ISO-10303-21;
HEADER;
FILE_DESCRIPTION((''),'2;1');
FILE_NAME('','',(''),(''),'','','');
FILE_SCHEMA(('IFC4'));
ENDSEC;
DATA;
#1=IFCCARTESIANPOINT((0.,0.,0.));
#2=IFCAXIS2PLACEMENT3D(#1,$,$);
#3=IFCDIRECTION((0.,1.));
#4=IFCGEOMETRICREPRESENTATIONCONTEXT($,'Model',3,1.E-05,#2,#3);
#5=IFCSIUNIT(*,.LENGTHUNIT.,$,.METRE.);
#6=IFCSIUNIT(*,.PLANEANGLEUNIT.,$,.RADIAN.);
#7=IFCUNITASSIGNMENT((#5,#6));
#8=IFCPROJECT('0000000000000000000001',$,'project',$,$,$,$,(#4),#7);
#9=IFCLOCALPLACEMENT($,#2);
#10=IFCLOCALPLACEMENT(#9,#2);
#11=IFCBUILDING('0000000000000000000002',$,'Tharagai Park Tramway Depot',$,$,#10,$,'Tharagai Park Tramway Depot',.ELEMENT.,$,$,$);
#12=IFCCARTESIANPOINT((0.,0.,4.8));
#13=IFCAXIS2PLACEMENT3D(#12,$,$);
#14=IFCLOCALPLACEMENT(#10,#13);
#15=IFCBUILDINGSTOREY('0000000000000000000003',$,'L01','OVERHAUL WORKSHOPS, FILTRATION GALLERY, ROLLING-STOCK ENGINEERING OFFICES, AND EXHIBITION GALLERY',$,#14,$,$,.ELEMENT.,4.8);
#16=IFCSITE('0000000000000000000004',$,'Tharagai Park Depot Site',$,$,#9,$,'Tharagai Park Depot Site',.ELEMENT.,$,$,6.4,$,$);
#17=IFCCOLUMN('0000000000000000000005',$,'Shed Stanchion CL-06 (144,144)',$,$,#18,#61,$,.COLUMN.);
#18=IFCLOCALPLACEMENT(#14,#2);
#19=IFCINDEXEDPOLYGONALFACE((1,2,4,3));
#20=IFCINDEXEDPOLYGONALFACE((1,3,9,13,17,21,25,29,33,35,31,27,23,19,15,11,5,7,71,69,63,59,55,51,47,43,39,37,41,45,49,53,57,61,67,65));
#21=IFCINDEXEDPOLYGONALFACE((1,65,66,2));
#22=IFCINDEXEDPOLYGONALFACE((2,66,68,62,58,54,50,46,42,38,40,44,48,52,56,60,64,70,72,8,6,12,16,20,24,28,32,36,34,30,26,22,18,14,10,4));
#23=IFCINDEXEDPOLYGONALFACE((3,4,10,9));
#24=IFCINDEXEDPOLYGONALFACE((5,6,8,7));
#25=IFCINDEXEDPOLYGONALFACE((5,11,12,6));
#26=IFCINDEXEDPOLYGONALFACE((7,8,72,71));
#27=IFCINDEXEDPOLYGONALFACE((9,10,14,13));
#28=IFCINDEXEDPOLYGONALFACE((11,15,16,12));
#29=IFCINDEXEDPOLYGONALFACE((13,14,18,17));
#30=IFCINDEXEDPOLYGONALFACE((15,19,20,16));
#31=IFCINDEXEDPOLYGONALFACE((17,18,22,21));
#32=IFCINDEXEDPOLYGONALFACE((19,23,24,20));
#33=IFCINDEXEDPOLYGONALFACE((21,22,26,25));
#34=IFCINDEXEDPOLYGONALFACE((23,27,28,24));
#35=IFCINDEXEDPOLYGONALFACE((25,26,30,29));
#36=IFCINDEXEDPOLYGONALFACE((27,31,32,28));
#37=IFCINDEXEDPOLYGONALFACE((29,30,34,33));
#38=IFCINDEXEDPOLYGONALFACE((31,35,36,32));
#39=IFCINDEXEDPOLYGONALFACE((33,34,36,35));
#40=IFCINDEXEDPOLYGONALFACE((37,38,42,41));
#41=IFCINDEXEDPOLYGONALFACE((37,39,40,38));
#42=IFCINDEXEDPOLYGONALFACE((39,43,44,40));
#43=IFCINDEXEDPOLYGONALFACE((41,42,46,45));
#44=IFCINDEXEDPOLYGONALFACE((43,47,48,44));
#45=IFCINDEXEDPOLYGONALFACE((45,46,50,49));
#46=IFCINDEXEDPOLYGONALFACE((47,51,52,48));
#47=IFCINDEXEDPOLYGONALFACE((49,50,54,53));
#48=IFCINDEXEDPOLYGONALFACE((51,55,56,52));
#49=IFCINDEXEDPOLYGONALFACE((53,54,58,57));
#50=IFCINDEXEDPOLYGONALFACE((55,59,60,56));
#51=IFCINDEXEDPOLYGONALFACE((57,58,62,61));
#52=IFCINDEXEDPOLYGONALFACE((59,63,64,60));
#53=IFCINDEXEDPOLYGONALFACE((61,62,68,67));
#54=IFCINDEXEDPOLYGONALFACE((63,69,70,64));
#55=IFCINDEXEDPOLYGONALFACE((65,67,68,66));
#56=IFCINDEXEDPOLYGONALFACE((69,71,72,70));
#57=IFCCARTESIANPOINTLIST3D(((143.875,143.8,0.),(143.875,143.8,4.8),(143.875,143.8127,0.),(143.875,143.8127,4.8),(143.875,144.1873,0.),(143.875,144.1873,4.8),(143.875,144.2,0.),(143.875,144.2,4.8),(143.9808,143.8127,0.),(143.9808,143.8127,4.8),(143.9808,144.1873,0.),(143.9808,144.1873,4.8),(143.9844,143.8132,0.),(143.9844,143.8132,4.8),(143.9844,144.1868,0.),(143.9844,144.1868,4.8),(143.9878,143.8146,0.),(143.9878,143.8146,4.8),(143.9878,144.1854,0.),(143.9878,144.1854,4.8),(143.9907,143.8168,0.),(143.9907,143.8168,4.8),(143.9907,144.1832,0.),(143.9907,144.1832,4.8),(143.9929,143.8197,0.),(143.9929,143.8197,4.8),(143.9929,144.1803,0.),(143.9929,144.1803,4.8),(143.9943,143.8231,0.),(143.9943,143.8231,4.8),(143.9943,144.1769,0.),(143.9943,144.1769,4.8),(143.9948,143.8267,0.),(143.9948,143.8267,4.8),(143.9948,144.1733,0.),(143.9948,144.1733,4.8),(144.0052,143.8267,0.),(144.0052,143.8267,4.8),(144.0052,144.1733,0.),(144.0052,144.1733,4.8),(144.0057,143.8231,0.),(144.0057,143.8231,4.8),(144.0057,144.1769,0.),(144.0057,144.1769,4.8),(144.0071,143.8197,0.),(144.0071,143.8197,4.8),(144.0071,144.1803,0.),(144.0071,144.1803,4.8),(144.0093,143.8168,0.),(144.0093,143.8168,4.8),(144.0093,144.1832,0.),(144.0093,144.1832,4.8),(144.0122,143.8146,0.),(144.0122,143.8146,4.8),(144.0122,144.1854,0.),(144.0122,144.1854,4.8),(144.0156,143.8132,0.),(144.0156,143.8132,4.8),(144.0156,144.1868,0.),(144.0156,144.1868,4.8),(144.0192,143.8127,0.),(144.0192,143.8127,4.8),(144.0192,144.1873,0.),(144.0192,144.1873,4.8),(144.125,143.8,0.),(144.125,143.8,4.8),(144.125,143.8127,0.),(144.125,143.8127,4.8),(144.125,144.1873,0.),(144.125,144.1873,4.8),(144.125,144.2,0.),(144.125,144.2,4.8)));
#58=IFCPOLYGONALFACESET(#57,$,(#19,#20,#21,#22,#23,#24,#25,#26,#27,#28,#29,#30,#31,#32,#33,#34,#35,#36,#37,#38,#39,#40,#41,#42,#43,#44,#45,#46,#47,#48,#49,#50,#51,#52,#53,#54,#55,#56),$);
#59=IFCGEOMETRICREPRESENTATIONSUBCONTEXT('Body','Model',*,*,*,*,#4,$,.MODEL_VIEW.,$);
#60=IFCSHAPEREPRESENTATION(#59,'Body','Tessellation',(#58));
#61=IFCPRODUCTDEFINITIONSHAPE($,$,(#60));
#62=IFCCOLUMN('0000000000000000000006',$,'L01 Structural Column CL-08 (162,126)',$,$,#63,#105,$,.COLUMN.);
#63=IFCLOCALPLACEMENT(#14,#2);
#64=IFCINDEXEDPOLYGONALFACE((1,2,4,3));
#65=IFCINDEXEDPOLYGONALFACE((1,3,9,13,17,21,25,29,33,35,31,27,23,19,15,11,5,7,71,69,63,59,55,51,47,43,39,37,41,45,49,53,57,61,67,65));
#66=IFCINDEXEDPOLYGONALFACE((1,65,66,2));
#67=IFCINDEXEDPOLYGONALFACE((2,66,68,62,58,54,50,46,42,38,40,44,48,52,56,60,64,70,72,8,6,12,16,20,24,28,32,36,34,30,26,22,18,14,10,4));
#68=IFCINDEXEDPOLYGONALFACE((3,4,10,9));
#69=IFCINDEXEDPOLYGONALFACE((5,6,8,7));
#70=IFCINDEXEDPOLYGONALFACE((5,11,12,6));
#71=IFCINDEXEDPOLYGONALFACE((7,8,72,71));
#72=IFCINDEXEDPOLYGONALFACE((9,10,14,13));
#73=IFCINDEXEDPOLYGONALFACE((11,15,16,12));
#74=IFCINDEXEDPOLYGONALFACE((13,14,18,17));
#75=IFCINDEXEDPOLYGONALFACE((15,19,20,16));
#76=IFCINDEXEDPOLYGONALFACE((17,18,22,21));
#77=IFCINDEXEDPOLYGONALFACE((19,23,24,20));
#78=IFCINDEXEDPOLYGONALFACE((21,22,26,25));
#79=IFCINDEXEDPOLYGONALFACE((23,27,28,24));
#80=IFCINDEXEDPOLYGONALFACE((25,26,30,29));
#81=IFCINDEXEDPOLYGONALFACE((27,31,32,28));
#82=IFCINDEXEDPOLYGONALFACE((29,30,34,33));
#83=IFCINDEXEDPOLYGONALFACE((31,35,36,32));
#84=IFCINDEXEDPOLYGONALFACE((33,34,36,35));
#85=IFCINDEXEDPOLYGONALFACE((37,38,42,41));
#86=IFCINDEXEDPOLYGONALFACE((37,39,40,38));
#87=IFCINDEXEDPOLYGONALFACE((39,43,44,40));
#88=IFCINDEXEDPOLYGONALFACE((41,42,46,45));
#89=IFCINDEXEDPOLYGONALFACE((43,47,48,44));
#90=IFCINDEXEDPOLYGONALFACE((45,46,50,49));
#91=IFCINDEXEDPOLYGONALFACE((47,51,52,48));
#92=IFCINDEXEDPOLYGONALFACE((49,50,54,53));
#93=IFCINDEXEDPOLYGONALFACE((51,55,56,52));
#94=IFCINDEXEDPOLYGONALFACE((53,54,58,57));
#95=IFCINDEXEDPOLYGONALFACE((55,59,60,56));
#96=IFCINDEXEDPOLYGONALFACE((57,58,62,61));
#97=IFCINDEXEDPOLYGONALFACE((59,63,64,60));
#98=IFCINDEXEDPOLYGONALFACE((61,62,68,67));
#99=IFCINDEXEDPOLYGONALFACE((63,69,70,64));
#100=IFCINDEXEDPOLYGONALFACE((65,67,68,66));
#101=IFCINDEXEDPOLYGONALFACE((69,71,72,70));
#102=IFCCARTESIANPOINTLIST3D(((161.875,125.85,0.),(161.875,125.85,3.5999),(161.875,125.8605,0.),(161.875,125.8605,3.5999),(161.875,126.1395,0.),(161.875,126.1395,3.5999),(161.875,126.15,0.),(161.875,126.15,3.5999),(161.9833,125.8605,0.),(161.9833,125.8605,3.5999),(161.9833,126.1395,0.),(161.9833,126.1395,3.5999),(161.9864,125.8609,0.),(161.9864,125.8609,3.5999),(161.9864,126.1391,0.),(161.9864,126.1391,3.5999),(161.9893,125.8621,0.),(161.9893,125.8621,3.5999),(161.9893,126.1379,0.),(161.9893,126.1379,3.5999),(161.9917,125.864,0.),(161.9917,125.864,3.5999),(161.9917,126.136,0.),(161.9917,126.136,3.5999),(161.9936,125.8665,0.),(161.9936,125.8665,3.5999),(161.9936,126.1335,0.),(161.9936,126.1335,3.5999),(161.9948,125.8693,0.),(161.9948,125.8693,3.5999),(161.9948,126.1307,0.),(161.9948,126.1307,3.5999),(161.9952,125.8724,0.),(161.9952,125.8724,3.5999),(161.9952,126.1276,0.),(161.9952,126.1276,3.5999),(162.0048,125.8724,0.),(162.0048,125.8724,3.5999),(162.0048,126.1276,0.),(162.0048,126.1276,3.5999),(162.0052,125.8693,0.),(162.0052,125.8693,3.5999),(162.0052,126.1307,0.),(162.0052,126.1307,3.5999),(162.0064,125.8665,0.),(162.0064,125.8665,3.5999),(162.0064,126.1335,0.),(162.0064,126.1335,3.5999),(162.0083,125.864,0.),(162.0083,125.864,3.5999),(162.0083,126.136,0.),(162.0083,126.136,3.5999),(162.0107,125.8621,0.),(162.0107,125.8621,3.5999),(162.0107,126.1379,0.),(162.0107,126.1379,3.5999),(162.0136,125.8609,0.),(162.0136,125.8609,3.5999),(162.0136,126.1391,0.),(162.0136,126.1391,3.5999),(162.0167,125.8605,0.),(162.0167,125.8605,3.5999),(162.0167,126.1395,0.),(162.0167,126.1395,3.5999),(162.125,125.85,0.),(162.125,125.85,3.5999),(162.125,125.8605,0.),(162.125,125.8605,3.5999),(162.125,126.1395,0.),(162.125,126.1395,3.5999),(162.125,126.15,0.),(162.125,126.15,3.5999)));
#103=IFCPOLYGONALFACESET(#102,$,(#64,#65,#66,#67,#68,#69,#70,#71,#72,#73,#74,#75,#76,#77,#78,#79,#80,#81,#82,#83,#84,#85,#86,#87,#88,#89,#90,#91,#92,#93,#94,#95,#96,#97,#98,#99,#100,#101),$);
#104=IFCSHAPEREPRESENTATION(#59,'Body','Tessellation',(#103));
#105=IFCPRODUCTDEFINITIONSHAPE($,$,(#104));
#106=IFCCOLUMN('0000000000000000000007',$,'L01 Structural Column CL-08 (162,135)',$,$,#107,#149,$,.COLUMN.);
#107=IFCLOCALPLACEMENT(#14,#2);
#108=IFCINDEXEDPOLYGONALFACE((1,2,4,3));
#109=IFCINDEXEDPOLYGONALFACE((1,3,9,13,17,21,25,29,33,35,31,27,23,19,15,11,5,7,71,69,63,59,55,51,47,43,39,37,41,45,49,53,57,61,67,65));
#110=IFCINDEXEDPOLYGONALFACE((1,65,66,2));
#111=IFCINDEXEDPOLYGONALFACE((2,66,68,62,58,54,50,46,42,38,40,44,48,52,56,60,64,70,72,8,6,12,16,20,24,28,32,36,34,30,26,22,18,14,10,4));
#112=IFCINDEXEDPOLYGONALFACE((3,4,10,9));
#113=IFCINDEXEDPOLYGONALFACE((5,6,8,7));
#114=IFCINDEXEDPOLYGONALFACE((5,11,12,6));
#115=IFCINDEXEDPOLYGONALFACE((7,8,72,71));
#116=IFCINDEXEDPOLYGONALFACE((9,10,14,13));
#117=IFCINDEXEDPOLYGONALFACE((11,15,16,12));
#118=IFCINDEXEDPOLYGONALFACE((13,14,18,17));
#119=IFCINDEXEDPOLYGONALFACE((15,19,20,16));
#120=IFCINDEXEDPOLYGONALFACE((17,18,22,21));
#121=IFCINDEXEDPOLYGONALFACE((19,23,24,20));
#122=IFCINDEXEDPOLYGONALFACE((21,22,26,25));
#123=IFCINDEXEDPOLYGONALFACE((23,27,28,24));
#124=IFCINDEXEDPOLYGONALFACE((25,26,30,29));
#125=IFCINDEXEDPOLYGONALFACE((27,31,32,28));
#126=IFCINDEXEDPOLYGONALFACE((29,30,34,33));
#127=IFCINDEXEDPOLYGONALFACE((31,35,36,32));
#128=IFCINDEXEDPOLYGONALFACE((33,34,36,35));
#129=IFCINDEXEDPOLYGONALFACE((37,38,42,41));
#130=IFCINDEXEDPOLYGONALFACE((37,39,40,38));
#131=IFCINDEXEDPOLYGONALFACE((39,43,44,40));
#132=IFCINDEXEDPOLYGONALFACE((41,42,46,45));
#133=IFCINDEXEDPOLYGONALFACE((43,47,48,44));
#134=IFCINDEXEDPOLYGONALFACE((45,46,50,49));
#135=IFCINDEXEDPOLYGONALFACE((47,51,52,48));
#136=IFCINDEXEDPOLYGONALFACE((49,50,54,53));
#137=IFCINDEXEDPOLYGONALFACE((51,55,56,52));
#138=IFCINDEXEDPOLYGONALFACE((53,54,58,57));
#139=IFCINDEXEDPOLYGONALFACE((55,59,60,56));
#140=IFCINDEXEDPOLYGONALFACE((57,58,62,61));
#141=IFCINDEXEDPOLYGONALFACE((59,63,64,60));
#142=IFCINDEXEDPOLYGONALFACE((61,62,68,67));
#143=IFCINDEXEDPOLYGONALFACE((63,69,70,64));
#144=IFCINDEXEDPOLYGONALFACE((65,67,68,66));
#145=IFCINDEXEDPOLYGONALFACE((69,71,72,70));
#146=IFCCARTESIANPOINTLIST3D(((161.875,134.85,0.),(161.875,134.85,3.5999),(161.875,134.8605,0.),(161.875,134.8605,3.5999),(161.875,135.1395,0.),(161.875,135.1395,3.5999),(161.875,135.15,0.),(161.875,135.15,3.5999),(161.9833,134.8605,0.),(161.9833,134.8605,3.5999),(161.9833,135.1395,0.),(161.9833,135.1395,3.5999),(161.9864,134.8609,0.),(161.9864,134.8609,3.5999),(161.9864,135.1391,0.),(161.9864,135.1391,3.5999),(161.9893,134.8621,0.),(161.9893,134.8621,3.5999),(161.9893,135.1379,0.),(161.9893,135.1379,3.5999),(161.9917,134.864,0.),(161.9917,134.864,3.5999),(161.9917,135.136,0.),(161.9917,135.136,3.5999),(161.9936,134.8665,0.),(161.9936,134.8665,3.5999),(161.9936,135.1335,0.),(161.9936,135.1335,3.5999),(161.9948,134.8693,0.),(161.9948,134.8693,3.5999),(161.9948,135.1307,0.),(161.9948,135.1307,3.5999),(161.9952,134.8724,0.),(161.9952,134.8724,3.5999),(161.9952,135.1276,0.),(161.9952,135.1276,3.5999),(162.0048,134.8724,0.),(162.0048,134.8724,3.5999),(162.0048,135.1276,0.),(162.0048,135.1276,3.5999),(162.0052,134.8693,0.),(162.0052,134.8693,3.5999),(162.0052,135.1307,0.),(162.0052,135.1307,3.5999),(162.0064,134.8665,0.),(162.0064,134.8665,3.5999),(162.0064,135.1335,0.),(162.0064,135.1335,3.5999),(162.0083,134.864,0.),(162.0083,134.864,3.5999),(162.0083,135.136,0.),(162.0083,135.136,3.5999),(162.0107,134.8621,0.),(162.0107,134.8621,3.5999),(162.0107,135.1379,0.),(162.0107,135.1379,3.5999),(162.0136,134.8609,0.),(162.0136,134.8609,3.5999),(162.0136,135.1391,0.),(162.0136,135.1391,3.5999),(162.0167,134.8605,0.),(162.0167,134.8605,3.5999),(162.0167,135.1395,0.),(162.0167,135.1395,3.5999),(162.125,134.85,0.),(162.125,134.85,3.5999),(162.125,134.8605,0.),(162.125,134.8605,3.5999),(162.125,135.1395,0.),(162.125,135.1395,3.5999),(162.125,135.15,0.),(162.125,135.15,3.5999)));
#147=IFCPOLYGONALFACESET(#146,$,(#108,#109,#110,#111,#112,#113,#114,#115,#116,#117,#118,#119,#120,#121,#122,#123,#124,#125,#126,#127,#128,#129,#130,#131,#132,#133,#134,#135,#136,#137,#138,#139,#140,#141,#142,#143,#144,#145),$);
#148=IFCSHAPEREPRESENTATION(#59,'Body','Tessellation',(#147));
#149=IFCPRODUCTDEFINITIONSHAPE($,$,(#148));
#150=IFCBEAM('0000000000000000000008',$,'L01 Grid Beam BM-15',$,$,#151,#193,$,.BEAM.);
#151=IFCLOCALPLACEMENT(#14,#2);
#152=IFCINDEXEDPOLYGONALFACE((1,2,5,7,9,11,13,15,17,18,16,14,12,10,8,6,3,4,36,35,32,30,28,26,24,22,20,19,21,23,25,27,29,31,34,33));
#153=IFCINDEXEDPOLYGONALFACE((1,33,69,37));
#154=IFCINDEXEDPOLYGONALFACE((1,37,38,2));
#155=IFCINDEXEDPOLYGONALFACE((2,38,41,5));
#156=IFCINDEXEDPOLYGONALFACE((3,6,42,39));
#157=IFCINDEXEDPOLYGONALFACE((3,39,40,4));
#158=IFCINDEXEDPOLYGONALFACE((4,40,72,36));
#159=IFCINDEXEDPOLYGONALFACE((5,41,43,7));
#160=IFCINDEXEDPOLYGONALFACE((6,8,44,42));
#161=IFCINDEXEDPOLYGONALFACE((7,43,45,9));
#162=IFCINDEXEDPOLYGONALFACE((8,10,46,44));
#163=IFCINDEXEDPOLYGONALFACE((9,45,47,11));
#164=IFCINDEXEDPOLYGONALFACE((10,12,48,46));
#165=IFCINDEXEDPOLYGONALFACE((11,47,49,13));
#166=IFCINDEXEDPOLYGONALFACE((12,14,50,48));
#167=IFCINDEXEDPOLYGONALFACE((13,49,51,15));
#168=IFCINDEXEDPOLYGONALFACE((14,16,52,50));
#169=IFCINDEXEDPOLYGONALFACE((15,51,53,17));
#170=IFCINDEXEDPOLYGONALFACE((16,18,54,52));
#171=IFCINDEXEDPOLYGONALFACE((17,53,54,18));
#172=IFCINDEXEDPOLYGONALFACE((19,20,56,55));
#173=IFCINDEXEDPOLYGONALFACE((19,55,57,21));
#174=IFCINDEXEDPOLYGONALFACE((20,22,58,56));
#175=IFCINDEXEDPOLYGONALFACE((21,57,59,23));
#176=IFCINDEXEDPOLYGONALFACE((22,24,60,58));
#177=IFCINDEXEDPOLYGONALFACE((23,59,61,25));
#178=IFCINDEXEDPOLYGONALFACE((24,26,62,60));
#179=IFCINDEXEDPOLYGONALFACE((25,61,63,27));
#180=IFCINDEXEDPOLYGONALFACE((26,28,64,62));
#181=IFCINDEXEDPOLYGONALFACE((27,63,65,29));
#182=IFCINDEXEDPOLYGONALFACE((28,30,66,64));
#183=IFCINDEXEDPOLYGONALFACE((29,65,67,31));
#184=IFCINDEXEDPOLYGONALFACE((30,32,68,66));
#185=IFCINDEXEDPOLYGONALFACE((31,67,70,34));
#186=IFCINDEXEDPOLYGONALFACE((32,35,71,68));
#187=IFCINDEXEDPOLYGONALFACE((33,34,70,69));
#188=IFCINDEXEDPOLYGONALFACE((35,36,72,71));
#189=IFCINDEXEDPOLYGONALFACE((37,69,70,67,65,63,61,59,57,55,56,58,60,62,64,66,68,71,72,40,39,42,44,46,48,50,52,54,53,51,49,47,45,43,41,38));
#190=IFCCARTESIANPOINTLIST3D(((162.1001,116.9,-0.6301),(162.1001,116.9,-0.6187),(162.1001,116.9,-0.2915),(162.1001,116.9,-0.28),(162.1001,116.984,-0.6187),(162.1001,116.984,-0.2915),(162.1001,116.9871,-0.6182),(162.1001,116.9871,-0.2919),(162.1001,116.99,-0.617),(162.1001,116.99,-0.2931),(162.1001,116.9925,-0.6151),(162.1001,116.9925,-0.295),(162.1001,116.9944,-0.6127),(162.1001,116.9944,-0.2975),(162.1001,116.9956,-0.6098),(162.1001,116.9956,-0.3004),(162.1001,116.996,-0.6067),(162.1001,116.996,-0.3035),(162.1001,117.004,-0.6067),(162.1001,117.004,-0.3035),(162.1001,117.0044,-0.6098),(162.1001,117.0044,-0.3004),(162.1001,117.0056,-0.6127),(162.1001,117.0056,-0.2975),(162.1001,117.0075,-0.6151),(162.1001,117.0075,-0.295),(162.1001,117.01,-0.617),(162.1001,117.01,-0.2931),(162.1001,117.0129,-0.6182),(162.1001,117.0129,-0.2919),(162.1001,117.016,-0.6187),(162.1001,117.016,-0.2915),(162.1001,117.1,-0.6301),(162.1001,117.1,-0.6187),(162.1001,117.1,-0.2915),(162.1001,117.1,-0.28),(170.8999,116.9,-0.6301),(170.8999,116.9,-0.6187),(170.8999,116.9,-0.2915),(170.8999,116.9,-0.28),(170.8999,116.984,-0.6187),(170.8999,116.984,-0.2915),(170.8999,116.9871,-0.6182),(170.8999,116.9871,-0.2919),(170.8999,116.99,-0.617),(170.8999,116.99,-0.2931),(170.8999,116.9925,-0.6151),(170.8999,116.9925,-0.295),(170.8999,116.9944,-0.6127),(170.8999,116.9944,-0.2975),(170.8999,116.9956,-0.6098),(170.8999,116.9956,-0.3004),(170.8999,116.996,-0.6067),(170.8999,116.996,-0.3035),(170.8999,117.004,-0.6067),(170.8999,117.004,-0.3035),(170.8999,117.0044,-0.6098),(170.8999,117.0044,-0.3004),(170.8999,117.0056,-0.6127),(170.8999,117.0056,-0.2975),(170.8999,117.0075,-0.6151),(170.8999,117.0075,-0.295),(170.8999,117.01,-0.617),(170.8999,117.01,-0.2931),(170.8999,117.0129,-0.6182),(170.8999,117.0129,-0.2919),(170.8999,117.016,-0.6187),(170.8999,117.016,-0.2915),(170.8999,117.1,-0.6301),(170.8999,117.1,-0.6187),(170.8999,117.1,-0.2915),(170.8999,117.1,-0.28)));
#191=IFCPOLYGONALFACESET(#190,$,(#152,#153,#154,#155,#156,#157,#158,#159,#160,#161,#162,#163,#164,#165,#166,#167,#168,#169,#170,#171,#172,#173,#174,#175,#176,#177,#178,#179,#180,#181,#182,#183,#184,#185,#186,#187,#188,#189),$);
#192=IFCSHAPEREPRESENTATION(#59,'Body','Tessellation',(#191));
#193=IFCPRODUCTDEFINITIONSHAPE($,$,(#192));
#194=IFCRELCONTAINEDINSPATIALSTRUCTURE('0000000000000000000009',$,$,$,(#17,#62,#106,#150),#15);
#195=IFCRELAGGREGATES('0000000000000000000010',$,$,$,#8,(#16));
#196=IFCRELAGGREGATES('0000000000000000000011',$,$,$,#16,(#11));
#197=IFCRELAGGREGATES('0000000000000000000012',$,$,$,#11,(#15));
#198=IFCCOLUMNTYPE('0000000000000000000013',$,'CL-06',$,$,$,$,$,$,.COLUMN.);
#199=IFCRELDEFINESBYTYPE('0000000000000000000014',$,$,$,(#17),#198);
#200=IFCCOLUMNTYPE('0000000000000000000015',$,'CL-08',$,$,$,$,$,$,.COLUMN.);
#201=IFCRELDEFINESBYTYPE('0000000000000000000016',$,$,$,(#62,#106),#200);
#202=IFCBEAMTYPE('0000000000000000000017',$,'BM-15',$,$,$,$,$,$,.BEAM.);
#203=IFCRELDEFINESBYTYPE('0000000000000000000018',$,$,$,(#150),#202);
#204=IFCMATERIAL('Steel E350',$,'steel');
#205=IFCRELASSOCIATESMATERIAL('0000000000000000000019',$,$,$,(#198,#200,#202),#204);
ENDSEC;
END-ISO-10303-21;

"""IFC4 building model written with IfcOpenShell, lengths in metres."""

from ifc_helpers import new_model, si_unit, direction, frame, origin, origin_2d, place, context, subcontext, project, spatial, i_section, extrude, material, material_profile, profile_set, type_object, element, save


model = new_model("IFC4")

# Units and contexts
model_context = context("Model", 3, precision=1e-05, world=origin(), true_north=direction((0.0, 1.0)))
body_context = subcontext(model_context, "Body", "Model", "MODEL_VIEW")
ifc_project = project(units=[si_unit("LENGTHUNIT", "METRE"), si_unit("PLANEANGLEUNIT", "RADIAN")], contexts=[model_context])

# Site, building, storey
site_placement = place(None, origin())
site = spatial("IfcSite", under=ifc_project, at=site_placement, Name="Tharagai Park Depot Site", LongName="Tharagai Park Depot Site", CompositionType="ELEMENT", RefElevation=6.4)
building_placement = place(site_placement, origin())
building = spatial("IfcBuilding", under=site, at=building_placement, Name="Tharagai Park Tramway Depot", LongName="Tharagai Park Tramway Depot", CompositionType="ELEMENT")
storey_placement = place(building_placement, frame((0.0, 0.0, 4.8)))
storey = spatial("IfcBuildingStorey", under=building, at=storey_placement, Name="L01", Description="OVERHAUL WORKSHOPS, FILTRATION GALLERY, ROLLING-STOCK ENGINEERING OFFICES, AND EXHIBITION GALLERY", CompositionType="ELEMENT", Elevation=4.8)

# Columns
ifc_material_1 = material(Name="Steel E350", Category="steel")
ifc_material_profile_1 = material_profile(ifc_material_1, i_section(OverallWidth=0.25, OverallDepth=0.3999, WebThickness=0.0105, FlangeThickness=0.0127, FilletRadius=0.0139, at=origin_2d()), Name="ISHB 400")
ifc_profile_set_1 = profile_set([ifc_material_profile_1], Name="Steel E350")
column_type_1 = type_object("IfcColumnType", Name="CL-06", PredefinedType="COLUMN", material=ifc_profile_set_1)
column_placement = place(storey_placement, frame((144.0, 144.0, 0.0), z_axis=(0.0, 0.0, 1.0), x_axis=(1.0, 0.0, 0.0)))
element("IfcColumn", 1, at=column_placement, inside=storey, type_object=column_type_1, Name="Shed Stanchion CL-06 (144,144)", PredefinedType="COLUMN", context=body_context, shape_type="SweptSolid", body=[
    extrude(i_section(OverallWidth=0.25, OverallDepth=0.3999, WebThickness=0.0105, FlangeThickness=0.0127, FilletRadius=0.0139, at=origin_2d()), origin(), (0.0, 0.0, 1.0), 4.8),
])
ifc_material_profile_2 = material_profile(ifc_material_1, i_section(OverallWidth=0.25, OverallDepth=0.3, WebThickness=0.0095, FlangeThickness=0.0105, FilletRadius=0.012, at=origin_2d()), Name="ISHB 300")
ifc_profile_set_2 = profile_set([ifc_material_profile_2], Name="Steel E350")
column_type_2 = type_object("IfcColumnType", Name="CL-08", PredefinedType="COLUMN", material=ifc_profile_set_2)
for number, where, z_axis, x_axis, name in (
    (2, (162.0, 126.0, 0.0), (0.0, 0.0, 1.0), (1.0, 0.0, 0.0), "L01 Structural Column CL-08 (162,126)"),
    (3, (162.0, 135.0, 0.0), (0.0, 0.0, 1.0), (1.0, 0.0, 0.0), "L01 Structural Column CL-08 (162,135)"),
):
    element("IfcColumn", number, at=place(storey_placement, frame(where, z_axis=z_axis, x_axis=x_axis)), inside=storey, type_object=column_type_2, Name=name, PredefinedType="COLUMN", context=body_context, shape_type="SweptSolid", body=[
        extrude(i_section(OverallWidth=0.25, OverallDepth=0.3, WebThickness=0.0095, FlangeThickness=0.0105, FilletRadius=0.012, at=origin_2d()), origin(), (0.0, 0.0, 1.0), 3.5999),
    ])

# Beam
ifc_material_profile_3 = material_profile(ifc_material_1, i_section(OverallWidth=0.2, OverallDepth=0.3501, WebThickness=0.0081, FlangeThickness=0.0115, FilletRadius=0.012, at=origin_2d()), Name="ISWB 350")
ifc_profile_set_3 = profile_set([ifc_material_profile_3], Name="Steel E350")
beam_type_1 = type_object("IfcBeamType", Name="BM-15", PredefinedType="BEAM", material=ifc_profile_set_3)
beam_placement = place(storey_placement, frame((162.1001, 117.0, -0.4551), z_axis=(1.0, 0.0, 0.0), x_axis=(0.0, 1.0, 0.0)))
element("IfcBeam", 4, at=beam_placement, inside=storey, type_object=beam_type_1, Name="L01 Grid Beam BM-15", PredefinedType="BEAM", context=body_context, shape_type="SweptSolid", body=[
    extrude(i_section(OverallWidth=0.2, OverallDepth=0.3501, WebThickness=0.0081, FlangeThickness=0.0115, FilletRadius=0.012, at=origin_2d()), origin(), (0.0, 0.0, 1.0), 8.7998),
])

save(model, "model.ifc")
